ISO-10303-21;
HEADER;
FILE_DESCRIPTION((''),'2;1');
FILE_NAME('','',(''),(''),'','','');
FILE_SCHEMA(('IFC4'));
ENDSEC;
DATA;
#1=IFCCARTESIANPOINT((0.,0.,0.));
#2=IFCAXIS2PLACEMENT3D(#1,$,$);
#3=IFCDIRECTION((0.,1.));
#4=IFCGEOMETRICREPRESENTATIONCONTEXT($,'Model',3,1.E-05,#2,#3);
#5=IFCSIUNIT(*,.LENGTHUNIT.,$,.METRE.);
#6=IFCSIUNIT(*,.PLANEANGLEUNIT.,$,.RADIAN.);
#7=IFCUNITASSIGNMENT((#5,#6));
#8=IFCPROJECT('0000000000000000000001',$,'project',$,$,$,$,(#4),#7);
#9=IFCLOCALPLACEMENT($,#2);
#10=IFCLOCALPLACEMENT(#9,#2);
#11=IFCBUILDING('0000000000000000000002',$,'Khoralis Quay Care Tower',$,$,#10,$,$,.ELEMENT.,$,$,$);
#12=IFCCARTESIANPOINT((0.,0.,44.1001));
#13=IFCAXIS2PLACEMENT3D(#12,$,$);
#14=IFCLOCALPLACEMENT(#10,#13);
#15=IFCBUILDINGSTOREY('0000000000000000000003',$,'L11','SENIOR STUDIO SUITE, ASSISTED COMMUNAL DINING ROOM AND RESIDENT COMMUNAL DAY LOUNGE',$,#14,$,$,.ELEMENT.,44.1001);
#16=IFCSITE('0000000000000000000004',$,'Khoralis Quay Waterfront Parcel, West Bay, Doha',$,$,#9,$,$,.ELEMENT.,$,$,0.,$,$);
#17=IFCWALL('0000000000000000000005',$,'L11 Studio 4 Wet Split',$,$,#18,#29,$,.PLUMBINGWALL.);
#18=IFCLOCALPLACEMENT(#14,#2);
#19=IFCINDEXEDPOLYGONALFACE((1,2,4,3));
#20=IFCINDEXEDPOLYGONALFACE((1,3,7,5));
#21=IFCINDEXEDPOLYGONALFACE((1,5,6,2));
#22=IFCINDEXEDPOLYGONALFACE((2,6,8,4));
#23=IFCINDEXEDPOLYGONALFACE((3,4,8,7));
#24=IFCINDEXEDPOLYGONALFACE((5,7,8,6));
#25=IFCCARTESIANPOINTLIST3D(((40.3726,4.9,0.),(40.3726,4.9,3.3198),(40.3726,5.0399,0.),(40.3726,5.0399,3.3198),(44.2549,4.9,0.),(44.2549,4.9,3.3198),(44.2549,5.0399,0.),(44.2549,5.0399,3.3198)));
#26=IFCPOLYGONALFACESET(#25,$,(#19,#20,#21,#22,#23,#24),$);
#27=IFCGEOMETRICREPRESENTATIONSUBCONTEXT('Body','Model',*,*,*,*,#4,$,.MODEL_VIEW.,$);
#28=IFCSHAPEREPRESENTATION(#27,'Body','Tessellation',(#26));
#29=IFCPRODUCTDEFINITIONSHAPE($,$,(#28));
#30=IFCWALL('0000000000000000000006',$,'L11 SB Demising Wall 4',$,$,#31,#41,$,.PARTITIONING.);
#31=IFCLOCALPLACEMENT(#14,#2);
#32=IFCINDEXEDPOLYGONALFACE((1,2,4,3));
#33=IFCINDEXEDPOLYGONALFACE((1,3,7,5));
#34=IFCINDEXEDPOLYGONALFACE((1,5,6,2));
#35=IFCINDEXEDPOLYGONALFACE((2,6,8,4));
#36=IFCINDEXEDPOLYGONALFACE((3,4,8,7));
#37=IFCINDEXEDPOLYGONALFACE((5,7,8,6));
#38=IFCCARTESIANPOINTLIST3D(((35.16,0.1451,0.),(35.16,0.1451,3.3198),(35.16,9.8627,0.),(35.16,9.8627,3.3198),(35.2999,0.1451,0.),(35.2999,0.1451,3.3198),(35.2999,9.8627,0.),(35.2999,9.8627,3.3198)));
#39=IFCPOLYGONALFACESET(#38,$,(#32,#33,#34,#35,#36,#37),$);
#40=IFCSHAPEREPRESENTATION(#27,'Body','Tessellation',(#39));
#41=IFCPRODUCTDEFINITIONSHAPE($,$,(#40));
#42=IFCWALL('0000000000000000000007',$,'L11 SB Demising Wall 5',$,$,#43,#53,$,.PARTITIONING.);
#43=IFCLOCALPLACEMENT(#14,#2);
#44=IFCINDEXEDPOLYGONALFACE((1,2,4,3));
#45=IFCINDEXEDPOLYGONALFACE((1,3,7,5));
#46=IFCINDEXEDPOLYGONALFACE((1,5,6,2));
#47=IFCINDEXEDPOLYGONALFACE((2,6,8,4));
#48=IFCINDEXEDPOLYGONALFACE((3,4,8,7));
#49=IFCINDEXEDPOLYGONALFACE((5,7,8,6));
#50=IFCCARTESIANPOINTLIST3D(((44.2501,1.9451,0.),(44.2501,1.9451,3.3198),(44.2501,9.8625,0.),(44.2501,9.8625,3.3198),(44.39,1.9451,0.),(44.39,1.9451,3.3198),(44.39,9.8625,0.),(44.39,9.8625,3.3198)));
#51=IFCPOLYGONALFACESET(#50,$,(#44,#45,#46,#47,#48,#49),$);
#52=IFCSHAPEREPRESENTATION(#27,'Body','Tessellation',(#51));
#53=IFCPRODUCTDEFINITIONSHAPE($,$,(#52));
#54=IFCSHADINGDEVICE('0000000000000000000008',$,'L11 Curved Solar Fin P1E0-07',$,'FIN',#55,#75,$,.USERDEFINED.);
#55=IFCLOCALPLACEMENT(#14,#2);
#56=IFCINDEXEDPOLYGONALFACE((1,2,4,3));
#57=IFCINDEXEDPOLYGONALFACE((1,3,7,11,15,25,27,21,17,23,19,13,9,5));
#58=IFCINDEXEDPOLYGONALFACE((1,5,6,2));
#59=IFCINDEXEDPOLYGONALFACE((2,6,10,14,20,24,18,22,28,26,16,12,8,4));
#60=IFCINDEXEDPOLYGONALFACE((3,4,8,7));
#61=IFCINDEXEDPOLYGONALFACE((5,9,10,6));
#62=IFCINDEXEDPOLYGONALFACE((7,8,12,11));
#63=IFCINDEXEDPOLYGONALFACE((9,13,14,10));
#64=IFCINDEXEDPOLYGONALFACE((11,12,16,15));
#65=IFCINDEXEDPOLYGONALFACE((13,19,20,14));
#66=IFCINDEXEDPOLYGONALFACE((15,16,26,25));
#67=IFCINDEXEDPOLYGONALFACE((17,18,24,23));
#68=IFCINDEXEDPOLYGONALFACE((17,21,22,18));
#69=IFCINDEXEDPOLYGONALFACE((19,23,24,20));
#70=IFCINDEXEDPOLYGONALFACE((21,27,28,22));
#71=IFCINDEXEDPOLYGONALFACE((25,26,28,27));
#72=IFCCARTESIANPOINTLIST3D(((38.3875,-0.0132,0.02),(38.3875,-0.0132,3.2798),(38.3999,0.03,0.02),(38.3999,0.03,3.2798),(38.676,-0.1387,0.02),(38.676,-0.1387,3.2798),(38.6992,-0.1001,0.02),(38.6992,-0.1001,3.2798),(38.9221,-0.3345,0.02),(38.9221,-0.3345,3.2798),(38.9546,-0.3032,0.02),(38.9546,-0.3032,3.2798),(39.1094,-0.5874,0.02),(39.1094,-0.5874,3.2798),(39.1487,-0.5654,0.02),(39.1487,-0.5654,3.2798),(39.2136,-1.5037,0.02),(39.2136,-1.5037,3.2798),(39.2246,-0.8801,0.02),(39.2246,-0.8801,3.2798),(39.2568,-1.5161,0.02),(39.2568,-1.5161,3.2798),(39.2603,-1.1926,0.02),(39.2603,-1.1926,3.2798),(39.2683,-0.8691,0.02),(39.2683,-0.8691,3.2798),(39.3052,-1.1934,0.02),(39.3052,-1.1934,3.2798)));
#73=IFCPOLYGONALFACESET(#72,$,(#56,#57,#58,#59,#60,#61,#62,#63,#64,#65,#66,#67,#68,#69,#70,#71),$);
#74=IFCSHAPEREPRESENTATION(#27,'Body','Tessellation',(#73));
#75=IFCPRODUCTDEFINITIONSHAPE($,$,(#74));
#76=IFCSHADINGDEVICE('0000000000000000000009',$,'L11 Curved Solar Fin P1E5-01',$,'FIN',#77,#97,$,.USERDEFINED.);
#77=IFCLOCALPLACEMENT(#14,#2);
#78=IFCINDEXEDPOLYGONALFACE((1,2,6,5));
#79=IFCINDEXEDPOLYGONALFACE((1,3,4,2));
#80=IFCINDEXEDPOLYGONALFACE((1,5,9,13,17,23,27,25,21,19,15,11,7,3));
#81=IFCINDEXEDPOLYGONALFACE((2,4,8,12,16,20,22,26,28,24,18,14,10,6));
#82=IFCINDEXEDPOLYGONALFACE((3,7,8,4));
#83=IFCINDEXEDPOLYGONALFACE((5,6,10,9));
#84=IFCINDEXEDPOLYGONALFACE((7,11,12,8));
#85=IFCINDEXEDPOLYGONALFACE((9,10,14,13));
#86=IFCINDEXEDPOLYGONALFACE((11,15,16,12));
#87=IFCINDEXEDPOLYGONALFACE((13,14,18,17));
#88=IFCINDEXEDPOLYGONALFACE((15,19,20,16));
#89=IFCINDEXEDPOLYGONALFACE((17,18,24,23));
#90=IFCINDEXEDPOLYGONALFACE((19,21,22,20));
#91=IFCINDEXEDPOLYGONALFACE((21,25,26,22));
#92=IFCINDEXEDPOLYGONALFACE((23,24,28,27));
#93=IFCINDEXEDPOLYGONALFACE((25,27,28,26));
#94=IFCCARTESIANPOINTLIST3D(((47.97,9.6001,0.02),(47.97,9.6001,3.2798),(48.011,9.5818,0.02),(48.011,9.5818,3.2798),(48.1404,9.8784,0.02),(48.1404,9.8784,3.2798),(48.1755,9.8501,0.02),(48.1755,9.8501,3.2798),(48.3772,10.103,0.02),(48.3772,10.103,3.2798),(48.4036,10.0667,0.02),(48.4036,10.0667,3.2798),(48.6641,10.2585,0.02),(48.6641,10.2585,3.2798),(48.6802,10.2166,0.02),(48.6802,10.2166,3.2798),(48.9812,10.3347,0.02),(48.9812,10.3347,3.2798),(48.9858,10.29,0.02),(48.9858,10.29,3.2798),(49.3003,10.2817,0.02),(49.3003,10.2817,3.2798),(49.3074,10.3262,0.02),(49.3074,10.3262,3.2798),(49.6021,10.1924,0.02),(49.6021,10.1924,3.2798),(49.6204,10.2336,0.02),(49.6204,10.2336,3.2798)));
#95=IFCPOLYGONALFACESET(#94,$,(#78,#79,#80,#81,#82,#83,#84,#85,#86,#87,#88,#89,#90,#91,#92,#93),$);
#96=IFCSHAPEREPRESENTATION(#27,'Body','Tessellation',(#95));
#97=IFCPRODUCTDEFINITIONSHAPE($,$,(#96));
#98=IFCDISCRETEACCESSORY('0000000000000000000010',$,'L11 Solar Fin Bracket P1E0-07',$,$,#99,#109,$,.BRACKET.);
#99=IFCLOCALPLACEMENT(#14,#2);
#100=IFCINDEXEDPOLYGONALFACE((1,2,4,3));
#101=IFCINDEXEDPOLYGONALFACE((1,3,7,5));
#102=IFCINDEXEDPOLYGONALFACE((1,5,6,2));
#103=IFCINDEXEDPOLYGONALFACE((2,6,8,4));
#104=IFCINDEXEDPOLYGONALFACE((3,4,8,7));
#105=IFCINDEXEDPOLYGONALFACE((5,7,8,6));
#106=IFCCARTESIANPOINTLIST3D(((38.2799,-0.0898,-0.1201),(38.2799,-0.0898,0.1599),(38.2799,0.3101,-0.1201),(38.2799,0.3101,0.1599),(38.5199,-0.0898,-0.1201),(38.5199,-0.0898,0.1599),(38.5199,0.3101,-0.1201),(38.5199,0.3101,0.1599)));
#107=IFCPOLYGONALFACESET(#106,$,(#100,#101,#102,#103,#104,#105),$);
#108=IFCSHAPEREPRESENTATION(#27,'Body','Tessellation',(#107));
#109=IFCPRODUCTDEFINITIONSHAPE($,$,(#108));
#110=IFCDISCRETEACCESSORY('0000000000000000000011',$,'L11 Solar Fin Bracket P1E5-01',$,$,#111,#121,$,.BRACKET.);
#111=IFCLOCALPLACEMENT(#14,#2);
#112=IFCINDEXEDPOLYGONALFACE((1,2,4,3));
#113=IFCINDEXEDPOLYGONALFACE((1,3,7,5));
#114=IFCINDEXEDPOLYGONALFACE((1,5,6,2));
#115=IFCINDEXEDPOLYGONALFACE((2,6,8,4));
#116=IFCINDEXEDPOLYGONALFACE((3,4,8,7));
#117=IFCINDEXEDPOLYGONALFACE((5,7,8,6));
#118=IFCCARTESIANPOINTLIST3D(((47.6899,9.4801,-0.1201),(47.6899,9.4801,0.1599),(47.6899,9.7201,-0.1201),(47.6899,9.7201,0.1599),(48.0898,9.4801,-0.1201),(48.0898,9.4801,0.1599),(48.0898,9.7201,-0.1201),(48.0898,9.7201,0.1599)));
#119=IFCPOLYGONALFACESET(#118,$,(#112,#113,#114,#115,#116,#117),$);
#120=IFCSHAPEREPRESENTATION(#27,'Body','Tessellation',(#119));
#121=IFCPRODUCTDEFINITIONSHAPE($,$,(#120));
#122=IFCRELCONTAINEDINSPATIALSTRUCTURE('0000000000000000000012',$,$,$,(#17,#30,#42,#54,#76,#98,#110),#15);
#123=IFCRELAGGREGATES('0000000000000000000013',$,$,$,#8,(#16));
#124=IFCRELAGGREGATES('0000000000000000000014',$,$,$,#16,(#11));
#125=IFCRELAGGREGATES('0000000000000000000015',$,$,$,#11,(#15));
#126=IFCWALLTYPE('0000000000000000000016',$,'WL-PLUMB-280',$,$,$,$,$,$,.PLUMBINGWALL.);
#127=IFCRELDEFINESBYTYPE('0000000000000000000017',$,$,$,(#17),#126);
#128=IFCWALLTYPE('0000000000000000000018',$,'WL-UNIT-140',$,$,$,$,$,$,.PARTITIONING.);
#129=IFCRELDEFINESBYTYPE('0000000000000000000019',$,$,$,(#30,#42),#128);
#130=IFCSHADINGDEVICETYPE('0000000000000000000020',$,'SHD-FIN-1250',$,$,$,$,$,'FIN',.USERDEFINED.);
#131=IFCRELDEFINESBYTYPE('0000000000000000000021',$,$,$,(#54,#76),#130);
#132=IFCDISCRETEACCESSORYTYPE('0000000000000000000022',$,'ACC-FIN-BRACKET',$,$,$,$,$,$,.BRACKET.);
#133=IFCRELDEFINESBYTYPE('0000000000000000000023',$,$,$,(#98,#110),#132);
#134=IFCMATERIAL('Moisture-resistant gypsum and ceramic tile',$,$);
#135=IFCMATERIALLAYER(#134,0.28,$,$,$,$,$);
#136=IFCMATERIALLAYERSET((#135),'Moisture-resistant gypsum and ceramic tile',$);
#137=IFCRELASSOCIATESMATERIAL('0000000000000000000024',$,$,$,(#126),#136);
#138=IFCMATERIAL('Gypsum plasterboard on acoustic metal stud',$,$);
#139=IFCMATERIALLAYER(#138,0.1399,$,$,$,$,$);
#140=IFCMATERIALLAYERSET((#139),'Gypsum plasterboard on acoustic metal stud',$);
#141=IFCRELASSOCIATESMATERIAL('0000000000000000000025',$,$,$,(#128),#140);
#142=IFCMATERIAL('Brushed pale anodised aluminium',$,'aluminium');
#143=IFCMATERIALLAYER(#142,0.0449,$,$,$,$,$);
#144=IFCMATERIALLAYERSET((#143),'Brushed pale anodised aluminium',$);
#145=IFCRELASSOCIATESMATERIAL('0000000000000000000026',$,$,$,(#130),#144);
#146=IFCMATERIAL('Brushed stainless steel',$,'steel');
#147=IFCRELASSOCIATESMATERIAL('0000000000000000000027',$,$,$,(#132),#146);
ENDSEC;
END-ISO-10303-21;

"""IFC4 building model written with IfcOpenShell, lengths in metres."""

from ifc_helpers import new_model, si_unit, direction, frame, frame_2d, origin, origin_2d, place, context, subcontext, project, spatial, polyline, rectangle, outline, extrude, source, transform, mapped, material, layer, layer_set, type_object, element, save


model = new_model("IFC4")

# Units and contexts
model_context = context("Model", 3, precision=1e-05, world=origin(), true_north=direction((0.0, 1.0)))
body_context = subcontext(model_context, "Body", "Model", "MODEL_VIEW")
ifc_project = project(units=[si_unit("LENGTHUNIT", "METRE"), si_unit("PLANEANGLEUNIT", "RADIAN")], contexts=[model_context])

# Site, building, storey
site_placement = place(None, origin())
site = spatial("IfcSite", under=ifc_project, at=site_placement, Name="Khoralis Quay Waterfront Parcel, West Bay, Doha", CompositionType="ELEMENT", RefElevation=0.0)
building_placement = place(site_placement, origin())
building = spatial("IfcBuilding", under=site, at=building_placement, Name="Khoralis Quay Care Tower", CompositionType="ELEMENT")
storey_placement = place(building_placement, frame((0.0, 0.0, 44.1001)))
storey = spatial("IfcBuildingStorey", under=building, at=storey_placement, Name="L11", Description="SENIOR STUDIO SUITE, ASSISTED COMMUNAL DINING ROOM AND RESIDENT COMMUNAL DAY LOUNGE", CompositionType="ELEMENT", Elevation=44.1001)

# Shared definitions
ifc_material_1 = material(Name="Gypsum plasterboard on acoustic metal stud")

# Walls
ifc_material_2 = material(Name="Moisture-resistant gypsum and ceramic tile")
ifc_layer_1 = layer(ifc_material_2, 0.28)
ifc_layer_set_1 = layer_set([ifc_layer_1], Name="Moisture-resistant gypsum and ceramic tile")
wall_type_1 = type_object("IfcWallType", Name="WL-PLUMB-280", PredefinedType="PLUMBINGWALL", material=ifc_layer_set_1)
wall_1_placement = place(storey_placement, frame((40.3726, 4.97, 0.0), z_axis=(0.0, 0.0, 1.0), x_axis=(1.0, 0.0, 0.0)))
element("IfcWall", 1, at=wall_1_placement, inside=storey, type_object=wall_type_1, Name="L11 Studio 4 Wet Split", PredefinedType="PLUMBINGWALL", context=body_context, shape_type="SweptSolid", body=[
    extrude(rectangle(XDim=3.8823, YDim=0.1399, at=frame_2d((1.9412, 0.0))), origin(), (0.0, 0.0, 1.0), 3.3198),
])
ifc_layer_2 = layer(ifc_material_1, 0.1399)
ifc_layer_set_2 = layer_set([ifc_layer_2], Name="Gypsum plasterboard on acoustic metal stud")
wall_type_2 = type_object("IfcWallType", Name="WL-UNIT-140", PredefinedType="PARTITIONING", material=ifc_layer_set_2)
wall_2_placement = place(storey_placement, frame((35.23, 0.145, 0.0), z_axis=(0.0, 0.0, 1.0), x_axis=(0.0, 1.0, 0.0)))
element("IfcWall", 2, at=wall_2_placement, inside=storey, type_object=wall_type_2, Name="L11 SB Demising Wall 4", PredefinedType="PARTITIONING", context=body_context, shape_type="SweptSolid", body=[
    extrude(rectangle(XDim=9.7175, YDim=0.1399, at=frame_2d((4.8589, 0.0))), origin(), (0.0, 0.0, 1.0), 3.3198),
])
wall_3_placement = place(storey_placement, frame((44.3201, 1.9451, 0.0), z_axis=(0.0, 0.0, 1.0), x_axis=(0.0, 1.0, 0.0)))
element("IfcWall", 3, at=wall_3_placement, inside=storey, type_object=wall_type_2, Name="L11 SB Demising Wall 5", PredefinedType="PARTITIONING", context=body_context, shape_type="SweptSolid", body=[
    extrude(rectangle(XDim=7.9175, YDim=0.1399, at=frame_2d((3.9587, 0.0))), origin(), (0.0, 0.0, 1.0), 3.3198),
])

# Shading devices
ifc_material_3 = material(Name="Brushed pale anodised aluminium", Category="aluminium")
ifc_layer_3 = layer(ifc_material_3, 0.0449)
ifc_layer_set_3 = layer_set([ifc_layer_3], Name="Brushed pale anodised aluminium")
shading_device_type = type_object("IfcShadingDeviceType", Name="SHD-FIN-1250", ElementType="FIN", PredefinedType="USERDEFINED", material=ifc_layer_set_3)
shared_shape_1 = source(origin(), body_context, "Body", "SweptSolid", [
    extrude(outline(polyline([(0.0, 0.0), (0.1301, 0.2993), (0.3333, 0.5547), (0.5955, 0.7488), (0.8992, 0.8684), (1.2234, 0.9053), (1.5461, 0.8569), (1.5337, 0.8137), (1.2227, 0.8604), (0.9102, 0.8247), (0.6174, 0.7095), (0.3645, 0.5222), (0.1687, 0.2761), (0.0432, -0.0125), (0.0, 0.0)])), origin(), (0.0, 0.0, 1.0), 3.2598),
])
shading_device_1_placement = place(storey_placement, frame((38.3999, 0.03, 0.02), z_axis=(0.0, 0.0, 1.0), x_axis=(0.0, -1.0, 0.0)))
element("IfcShadingDevice", 4, at=shading_device_1_placement, inside=storey, type_object=shading_device_type, Name="L11 Curved Solar Fin P1E0-07", ObjectType="FIN", PredefinedType="USERDEFINED", context=body_context, shape_type="MappedRepresentation", body=[
    mapped(shared_shape_1, transform((0.0, 0.0, 0.0), scale=1.0)),
])
shared_shape_2 = source(origin(), body_context, "Body", "SweptSolid", [
    extrude(outline(polyline([(0.0, 0.0), (0.1704, 0.2783), (0.4072, 0.5029), (0.6941, 0.6584), (1.0112, 0.7346), (1.3374, 0.7261), (1.6504, 0.6335), (1.6321, 0.5923), (1.3303, 0.6816), (1.0159, 0.6899), (0.7102, 0.6165), (0.4336, 0.4666), (0.2056, 0.25), (0.041, -0.0183), (0.0, 0.0)])), origin(), (0.0, 0.0, 1.0), 3.2598),
])
shading_device_2_placement = place(storey_placement, frame((47.97, 9.6001, 0.02), z_axis=(0.0, 0.0, 1.0), x_axis=(1.0, 0.0, 0.0)))
element("IfcShadingDevice", 5, at=shading_device_2_placement, inside=storey, type_object=shading_device_type, Name="L11 Curved Solar Fin P1E5-01", ObjectType="FIN", PredefinedType="USERDEFINED", context=body_context, shape_type="MappedRepresentation", body=[
    mapped(shared_shape_2, transform((0.0, 0.0, 0.0), scale=1.0)),
])

# Discrete accessories
ifc_material_4 = material(Name="Brushed stainless steel", Category="steel")
discrete_accessory_type = type_object("IfcDiscreteAccessoryType", Name="ACC-FIN-BRACKET", PredefinedType="BRACKET", material=ifc_material_4)
shared_shape_3 = source(origin(), body_context, "Body", "SweptSolid", [
    extrude(rectangle(XDim=0.3999, YDim=0.24, at=origin_2d()), origin(), (0.0, 0.0, 1.0), 0.28),
])
for number, where, z_axis, x_axis, name in (
    (6, (38.3999, 0.1101, -0.1201), (0.0, 0.0, 1.0), (0.0, -1.0, 0.0), "L11 Solar Fin Bracket P1E0-07"),
    (7, (47.8899, 9.6001, -0.1201), (0.0, 0.0, 1.0), (1.0, 0.0, 0.0), "L11 Solar Fin Bracket P1E5-01"),
):
    element("IfcDiscreteAccessory", number, at=place(storey_placement, frame(where, z_axis=z_axis, x_axis=x_axis)), inside=storey, type_object=discrete_accessory_type, Name=name, PredefinedType="BRACKET", context=body_context, shape_type="MappedRepresentation", body=[
        mapped(shared_shape_3, transform((0.0, 0.0, 0.0), scale=1.0)),
    ])

save(model, "model.ifc")
